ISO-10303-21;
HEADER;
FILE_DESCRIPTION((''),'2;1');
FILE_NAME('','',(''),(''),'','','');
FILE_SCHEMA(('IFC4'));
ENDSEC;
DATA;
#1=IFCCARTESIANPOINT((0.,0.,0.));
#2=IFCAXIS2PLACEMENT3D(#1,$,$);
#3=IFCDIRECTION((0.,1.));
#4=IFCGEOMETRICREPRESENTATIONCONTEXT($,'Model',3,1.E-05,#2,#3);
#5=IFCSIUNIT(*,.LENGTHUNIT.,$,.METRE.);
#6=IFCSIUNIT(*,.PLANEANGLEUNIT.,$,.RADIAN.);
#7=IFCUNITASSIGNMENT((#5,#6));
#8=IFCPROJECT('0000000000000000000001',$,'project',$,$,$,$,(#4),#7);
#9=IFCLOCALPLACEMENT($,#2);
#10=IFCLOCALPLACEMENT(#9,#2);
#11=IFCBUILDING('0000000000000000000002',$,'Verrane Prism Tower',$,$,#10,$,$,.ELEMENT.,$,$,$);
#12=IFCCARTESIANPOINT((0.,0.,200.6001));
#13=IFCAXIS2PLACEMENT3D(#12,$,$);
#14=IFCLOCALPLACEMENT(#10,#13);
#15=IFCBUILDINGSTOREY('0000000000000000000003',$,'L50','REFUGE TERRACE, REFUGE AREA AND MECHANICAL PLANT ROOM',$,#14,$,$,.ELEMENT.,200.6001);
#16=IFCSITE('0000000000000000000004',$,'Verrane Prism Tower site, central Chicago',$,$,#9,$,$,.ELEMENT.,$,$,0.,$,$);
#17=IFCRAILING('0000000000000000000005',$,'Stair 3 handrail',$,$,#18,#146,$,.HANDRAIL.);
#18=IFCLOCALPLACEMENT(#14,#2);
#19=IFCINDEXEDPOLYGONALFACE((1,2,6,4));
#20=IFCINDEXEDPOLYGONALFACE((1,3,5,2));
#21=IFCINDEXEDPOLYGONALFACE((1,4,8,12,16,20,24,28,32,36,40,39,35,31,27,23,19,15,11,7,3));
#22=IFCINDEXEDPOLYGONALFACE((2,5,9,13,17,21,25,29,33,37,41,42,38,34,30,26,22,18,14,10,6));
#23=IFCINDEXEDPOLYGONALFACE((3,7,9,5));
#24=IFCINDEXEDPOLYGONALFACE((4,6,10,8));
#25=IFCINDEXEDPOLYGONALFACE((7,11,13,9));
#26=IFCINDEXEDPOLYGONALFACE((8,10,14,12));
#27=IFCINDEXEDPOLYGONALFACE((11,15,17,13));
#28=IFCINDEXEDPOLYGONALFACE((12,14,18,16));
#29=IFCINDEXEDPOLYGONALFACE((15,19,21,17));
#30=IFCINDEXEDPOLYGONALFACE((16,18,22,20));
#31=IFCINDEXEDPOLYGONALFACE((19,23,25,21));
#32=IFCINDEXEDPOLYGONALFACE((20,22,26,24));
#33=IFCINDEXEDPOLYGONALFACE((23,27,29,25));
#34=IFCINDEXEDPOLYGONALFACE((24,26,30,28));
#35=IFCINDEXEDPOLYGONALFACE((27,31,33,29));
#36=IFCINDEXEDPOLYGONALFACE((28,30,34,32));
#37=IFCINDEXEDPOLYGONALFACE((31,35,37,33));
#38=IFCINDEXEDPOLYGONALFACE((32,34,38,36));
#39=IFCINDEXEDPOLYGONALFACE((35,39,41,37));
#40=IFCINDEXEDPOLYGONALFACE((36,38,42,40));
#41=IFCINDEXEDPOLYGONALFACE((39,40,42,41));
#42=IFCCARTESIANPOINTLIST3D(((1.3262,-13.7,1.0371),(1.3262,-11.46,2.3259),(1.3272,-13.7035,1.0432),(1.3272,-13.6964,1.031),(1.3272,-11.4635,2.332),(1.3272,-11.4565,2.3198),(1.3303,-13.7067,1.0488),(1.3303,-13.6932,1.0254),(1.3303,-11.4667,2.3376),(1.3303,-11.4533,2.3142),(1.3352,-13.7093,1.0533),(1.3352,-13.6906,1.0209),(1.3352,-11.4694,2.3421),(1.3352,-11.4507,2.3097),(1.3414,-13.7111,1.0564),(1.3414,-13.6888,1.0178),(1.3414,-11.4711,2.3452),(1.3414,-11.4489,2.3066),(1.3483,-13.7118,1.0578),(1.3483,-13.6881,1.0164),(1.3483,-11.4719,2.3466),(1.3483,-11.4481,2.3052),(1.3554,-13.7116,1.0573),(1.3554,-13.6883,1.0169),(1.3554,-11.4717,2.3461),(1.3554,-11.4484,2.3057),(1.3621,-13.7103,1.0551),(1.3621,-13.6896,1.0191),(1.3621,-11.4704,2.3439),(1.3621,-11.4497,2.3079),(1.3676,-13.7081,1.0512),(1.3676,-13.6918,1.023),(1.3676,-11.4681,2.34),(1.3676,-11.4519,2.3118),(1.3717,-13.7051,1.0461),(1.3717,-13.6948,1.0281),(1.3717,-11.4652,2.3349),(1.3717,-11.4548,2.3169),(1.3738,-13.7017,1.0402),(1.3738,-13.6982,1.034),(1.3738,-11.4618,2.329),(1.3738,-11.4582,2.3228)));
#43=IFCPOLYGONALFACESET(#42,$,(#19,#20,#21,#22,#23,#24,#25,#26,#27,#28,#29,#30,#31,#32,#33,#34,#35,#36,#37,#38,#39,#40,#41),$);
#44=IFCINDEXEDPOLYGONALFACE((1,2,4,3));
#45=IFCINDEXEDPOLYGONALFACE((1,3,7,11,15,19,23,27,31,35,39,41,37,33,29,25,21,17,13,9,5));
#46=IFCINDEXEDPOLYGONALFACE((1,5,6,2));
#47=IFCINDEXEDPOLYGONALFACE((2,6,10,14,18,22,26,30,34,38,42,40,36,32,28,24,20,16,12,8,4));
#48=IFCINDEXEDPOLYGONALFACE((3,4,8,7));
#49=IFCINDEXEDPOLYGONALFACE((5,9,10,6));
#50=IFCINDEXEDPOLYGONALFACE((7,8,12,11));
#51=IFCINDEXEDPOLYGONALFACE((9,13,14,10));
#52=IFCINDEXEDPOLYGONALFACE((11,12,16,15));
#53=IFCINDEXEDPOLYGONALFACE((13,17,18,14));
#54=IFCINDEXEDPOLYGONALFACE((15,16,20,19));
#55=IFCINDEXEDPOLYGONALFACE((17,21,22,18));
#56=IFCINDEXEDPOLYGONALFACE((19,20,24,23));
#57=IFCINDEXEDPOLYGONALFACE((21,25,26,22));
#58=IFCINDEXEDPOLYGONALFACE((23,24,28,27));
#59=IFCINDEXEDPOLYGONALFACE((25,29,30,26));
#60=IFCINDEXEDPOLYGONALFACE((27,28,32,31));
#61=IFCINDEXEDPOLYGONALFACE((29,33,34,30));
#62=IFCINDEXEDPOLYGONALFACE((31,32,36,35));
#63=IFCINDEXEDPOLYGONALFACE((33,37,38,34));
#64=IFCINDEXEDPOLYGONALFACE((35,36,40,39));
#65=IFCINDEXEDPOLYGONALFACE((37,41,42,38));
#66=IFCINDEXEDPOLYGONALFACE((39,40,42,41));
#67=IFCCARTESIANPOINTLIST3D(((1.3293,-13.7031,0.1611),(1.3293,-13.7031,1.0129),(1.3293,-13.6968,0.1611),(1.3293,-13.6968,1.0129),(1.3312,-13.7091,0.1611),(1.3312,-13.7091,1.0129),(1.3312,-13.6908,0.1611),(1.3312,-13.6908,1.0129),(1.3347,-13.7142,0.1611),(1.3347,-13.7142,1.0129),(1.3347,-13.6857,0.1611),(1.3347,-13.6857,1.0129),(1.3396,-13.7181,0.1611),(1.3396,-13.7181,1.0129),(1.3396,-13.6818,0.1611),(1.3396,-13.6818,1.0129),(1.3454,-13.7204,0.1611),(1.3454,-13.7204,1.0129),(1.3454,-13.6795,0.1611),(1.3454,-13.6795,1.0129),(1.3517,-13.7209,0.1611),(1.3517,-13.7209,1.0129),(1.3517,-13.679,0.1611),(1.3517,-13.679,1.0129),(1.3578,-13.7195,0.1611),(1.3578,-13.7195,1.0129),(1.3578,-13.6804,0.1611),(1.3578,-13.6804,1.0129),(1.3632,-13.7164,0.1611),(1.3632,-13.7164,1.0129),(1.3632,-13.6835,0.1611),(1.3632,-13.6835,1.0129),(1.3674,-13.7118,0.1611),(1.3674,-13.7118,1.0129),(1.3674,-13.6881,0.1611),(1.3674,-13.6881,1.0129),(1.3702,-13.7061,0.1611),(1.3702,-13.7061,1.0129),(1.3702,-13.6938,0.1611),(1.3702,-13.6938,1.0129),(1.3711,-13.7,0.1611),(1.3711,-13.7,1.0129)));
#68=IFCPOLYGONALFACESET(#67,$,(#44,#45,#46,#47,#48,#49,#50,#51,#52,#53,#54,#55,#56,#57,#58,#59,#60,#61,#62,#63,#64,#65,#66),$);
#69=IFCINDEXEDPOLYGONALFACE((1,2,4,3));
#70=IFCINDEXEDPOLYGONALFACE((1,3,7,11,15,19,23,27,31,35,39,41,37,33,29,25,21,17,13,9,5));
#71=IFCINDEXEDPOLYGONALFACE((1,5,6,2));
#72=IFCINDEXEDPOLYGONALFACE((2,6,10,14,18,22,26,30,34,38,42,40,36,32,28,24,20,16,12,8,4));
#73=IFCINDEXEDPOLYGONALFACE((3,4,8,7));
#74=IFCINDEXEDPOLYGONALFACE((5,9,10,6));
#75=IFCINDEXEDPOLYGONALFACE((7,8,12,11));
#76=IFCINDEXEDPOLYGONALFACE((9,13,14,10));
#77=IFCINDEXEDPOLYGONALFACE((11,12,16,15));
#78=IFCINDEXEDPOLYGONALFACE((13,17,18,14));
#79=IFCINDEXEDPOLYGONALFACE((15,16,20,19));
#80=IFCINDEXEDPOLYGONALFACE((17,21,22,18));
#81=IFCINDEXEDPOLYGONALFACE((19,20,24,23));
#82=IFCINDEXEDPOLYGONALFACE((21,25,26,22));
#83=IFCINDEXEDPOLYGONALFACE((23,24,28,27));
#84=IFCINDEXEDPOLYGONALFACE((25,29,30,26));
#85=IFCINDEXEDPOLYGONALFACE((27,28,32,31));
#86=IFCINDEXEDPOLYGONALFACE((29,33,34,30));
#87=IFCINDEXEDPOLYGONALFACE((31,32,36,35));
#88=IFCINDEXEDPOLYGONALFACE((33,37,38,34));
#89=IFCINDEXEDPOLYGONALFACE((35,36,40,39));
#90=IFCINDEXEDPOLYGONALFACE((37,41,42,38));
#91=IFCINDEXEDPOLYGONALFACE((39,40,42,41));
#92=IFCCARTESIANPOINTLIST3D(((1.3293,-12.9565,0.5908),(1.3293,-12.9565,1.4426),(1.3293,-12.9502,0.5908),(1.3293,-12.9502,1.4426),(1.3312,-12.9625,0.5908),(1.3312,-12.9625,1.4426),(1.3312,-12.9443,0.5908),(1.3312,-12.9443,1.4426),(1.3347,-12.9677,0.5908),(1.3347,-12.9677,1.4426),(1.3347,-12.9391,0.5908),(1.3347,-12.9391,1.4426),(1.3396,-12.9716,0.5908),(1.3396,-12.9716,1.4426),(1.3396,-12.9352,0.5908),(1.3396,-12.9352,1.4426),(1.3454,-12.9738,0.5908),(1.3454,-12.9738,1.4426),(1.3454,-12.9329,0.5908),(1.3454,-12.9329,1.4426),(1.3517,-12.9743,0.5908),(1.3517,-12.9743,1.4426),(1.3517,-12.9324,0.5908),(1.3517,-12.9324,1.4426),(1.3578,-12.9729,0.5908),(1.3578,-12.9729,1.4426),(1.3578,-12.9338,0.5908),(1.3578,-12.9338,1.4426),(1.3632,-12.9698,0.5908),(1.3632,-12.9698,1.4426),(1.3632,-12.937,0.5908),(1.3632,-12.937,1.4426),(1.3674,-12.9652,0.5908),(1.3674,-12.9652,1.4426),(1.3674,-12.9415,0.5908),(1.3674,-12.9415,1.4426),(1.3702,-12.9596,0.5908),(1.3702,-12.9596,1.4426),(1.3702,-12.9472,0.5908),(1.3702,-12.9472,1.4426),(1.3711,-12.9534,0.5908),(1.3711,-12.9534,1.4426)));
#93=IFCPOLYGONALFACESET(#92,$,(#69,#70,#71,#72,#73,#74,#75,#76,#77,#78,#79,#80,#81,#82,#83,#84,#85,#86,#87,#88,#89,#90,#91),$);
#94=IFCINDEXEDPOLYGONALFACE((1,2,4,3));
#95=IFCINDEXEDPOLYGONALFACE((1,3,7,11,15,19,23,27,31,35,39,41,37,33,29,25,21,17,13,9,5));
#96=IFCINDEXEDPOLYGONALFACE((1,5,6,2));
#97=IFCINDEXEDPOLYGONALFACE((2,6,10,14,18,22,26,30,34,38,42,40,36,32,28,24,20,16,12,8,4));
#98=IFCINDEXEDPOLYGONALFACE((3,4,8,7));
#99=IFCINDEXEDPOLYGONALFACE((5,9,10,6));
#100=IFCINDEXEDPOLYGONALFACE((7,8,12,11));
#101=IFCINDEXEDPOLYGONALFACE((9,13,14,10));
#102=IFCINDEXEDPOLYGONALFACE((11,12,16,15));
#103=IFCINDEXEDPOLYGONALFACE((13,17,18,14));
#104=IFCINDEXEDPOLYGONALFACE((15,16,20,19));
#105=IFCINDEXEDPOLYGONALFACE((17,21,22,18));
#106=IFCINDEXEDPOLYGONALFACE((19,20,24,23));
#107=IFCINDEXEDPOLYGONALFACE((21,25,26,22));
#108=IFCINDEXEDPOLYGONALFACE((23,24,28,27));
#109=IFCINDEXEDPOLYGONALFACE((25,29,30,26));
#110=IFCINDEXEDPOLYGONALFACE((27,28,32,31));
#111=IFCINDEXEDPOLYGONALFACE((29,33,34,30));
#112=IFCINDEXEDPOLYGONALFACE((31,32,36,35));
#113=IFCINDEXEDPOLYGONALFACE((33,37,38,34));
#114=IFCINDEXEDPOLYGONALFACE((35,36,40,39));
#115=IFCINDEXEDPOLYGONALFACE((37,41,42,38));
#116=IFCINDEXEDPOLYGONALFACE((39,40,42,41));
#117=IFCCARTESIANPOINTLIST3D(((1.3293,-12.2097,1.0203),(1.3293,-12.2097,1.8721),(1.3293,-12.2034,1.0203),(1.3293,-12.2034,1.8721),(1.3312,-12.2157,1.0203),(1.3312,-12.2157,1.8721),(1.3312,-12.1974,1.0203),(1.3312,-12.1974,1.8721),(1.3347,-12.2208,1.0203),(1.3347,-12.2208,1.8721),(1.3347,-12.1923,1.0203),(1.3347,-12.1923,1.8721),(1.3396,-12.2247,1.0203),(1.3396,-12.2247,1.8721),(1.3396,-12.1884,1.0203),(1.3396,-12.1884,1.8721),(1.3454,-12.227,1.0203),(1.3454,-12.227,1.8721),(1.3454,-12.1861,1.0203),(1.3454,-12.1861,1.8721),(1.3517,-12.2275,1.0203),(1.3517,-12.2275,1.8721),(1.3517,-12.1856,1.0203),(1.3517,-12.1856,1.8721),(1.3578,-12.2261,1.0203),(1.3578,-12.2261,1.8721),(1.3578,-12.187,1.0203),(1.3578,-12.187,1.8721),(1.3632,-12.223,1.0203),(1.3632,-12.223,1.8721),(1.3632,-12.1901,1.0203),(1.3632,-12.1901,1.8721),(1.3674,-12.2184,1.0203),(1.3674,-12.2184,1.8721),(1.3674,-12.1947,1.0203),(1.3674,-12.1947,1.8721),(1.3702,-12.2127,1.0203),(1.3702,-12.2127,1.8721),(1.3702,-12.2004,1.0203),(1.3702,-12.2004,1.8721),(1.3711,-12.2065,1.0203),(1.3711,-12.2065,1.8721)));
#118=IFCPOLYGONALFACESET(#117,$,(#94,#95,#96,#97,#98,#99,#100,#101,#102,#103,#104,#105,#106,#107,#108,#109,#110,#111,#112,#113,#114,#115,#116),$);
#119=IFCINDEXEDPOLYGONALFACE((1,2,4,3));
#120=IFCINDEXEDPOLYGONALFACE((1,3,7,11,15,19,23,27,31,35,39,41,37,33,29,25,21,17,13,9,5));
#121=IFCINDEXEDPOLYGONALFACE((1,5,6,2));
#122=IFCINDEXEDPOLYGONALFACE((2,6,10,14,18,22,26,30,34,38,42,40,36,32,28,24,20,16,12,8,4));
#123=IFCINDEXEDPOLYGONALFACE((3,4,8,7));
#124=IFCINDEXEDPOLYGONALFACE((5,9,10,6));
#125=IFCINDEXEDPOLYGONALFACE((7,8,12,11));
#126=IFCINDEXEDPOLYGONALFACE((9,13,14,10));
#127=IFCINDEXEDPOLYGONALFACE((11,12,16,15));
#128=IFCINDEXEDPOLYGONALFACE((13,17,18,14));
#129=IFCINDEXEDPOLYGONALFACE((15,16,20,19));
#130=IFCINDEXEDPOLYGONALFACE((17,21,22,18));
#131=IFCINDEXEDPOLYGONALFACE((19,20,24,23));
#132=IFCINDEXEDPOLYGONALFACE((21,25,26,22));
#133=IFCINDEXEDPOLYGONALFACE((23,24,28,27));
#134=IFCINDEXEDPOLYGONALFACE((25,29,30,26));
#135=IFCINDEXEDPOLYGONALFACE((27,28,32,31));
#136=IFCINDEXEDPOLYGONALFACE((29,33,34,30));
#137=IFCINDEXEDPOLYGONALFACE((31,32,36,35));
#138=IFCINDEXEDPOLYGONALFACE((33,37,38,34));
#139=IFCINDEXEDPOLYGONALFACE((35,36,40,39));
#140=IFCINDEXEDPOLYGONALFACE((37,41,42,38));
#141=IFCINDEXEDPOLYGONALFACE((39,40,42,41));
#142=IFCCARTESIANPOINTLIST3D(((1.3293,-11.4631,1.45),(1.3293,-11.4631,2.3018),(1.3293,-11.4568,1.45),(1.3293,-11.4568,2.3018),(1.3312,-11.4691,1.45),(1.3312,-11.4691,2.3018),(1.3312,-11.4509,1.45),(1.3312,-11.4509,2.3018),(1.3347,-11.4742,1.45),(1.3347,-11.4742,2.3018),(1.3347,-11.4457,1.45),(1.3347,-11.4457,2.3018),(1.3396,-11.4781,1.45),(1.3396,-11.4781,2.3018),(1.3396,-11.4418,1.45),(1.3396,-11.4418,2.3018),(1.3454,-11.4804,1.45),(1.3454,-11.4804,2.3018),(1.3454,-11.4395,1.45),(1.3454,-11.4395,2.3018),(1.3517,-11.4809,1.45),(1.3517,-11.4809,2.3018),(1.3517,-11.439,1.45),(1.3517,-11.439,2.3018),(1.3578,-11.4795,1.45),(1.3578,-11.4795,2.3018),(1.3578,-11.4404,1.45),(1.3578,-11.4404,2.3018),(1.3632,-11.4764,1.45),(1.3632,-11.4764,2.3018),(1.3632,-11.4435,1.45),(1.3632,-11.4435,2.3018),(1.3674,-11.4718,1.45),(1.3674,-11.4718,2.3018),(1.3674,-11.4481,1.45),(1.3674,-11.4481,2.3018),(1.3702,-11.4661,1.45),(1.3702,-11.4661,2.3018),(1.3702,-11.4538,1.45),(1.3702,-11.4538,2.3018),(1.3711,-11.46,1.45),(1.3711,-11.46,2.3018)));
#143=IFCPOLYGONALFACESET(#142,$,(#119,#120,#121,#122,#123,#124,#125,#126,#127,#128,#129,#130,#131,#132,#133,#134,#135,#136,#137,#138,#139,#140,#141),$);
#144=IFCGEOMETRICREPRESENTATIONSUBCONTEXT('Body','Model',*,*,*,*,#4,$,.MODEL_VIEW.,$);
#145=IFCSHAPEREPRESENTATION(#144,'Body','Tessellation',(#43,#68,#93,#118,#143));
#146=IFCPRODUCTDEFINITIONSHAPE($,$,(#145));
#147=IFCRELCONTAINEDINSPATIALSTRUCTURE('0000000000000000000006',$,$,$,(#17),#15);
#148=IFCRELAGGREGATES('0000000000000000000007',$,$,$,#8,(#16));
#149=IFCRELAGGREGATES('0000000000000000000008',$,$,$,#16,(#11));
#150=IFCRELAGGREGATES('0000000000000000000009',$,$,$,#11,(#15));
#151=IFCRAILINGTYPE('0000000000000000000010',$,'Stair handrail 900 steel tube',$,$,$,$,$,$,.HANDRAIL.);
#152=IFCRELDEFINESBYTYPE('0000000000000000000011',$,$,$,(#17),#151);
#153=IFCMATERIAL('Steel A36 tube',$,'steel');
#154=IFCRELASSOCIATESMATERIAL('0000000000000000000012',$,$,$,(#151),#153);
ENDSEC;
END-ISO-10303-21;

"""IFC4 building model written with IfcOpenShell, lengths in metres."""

from ifc_helpers import new_model, si_unit, direction, frame, origin, origin_2d, place, context, subcontext, project, spatial, circle, extrude, material, type_object, element, save


model = new_model("IFC4")

# Units and contexts
model_context = context("Model", 3, precision=1e-05, world=origin(), true_north=direction((0.0, 1.0)))
body_context = subcontext(model_context, "Body", "Model", "MODEL_VIEW")
ifc_project = project(units=[si_unit("LENGTHUNIT", "METRE"), si_unit("PLANEANGLEUNIT", "RADIAN")], contexts=[model_context])

# Site, building, storey
site_placement = place(None, origin())
site = spatial("IfcSite", under=ifc_project, at=site_placement, Name="Verrane Prism Tower site, central Chicago", CompositionType="ELEMENT", RefElevation=0.0)
building_placement = place(site_placement, origin())
building = spatial("IfcBuilding", under=site, at=building_placement, Name="Verrane Prism Tower", CompositionType="ELEMENT")
storey_placement = place(building_placement, frame((0.0, 0.0, 200.6001)))
storey = spatial("IfcBuildingStorey", under=building, at=storey_placement, Name="L50", Description="REFUGE TERRACE, REFUGE AREA AND MECHANICAL PLANT ROOM", CompositionType="ELEMENT", Elevation=200.6001)

# Railing
ifc_material_1 = material(Name="Steel A36 tube", Category="steel")
railing_type_1 = type_object("IfcRailingType", Name="Stair handrail 900 steel tube", PredefinedType="HANDRAIL", material=ifc_material_1)
for number, where, name in (
    (1, (1.3501, -13.7, 0.1611), "Stair 3 handrail"),
):
    element("IfcRailing", number, at=place(storey_placement, frame(where)), inside=storey, type_object=railing_type_1, Name=name, PredefinedType="HANDRAIL", context=body_context, shape_type="SweptSolid", body=[
        extrude(circle(Radius=0.0239, at=origin_2d()), frame((0.0, 0.0, 0.876), z_axis=(0.0, 0.866768, 0.498711), x_axis=(-1.0, 0.0, 0.0)), (0.0, 0.0, 1.0), 2.5842),
        extrude(circle(Radius=0.021, at=origin_2d()), origin(), (0.0, 0.0, 1.0), 0.8518),
        extrude(circle(Radius=0.021, at=origin_2d()), frame((0.0, 0.7466, 0.4297)), (0.0, 0.0, 1.0), 0.8518),
        extrude(circle(Radius=0.021, at=origin_2d()), frame((0.0, 1.4934, 0.8591)), (0.0, 0.0, 1.0), 0.8518),
        extrude(circle(Radius=0.021, at=origin_2d()), frame((0.0, 2.24, 1.2888)), (0.0, 0.0, 1.0), 0.8518),
    ])

save(model, "model.ifc")
